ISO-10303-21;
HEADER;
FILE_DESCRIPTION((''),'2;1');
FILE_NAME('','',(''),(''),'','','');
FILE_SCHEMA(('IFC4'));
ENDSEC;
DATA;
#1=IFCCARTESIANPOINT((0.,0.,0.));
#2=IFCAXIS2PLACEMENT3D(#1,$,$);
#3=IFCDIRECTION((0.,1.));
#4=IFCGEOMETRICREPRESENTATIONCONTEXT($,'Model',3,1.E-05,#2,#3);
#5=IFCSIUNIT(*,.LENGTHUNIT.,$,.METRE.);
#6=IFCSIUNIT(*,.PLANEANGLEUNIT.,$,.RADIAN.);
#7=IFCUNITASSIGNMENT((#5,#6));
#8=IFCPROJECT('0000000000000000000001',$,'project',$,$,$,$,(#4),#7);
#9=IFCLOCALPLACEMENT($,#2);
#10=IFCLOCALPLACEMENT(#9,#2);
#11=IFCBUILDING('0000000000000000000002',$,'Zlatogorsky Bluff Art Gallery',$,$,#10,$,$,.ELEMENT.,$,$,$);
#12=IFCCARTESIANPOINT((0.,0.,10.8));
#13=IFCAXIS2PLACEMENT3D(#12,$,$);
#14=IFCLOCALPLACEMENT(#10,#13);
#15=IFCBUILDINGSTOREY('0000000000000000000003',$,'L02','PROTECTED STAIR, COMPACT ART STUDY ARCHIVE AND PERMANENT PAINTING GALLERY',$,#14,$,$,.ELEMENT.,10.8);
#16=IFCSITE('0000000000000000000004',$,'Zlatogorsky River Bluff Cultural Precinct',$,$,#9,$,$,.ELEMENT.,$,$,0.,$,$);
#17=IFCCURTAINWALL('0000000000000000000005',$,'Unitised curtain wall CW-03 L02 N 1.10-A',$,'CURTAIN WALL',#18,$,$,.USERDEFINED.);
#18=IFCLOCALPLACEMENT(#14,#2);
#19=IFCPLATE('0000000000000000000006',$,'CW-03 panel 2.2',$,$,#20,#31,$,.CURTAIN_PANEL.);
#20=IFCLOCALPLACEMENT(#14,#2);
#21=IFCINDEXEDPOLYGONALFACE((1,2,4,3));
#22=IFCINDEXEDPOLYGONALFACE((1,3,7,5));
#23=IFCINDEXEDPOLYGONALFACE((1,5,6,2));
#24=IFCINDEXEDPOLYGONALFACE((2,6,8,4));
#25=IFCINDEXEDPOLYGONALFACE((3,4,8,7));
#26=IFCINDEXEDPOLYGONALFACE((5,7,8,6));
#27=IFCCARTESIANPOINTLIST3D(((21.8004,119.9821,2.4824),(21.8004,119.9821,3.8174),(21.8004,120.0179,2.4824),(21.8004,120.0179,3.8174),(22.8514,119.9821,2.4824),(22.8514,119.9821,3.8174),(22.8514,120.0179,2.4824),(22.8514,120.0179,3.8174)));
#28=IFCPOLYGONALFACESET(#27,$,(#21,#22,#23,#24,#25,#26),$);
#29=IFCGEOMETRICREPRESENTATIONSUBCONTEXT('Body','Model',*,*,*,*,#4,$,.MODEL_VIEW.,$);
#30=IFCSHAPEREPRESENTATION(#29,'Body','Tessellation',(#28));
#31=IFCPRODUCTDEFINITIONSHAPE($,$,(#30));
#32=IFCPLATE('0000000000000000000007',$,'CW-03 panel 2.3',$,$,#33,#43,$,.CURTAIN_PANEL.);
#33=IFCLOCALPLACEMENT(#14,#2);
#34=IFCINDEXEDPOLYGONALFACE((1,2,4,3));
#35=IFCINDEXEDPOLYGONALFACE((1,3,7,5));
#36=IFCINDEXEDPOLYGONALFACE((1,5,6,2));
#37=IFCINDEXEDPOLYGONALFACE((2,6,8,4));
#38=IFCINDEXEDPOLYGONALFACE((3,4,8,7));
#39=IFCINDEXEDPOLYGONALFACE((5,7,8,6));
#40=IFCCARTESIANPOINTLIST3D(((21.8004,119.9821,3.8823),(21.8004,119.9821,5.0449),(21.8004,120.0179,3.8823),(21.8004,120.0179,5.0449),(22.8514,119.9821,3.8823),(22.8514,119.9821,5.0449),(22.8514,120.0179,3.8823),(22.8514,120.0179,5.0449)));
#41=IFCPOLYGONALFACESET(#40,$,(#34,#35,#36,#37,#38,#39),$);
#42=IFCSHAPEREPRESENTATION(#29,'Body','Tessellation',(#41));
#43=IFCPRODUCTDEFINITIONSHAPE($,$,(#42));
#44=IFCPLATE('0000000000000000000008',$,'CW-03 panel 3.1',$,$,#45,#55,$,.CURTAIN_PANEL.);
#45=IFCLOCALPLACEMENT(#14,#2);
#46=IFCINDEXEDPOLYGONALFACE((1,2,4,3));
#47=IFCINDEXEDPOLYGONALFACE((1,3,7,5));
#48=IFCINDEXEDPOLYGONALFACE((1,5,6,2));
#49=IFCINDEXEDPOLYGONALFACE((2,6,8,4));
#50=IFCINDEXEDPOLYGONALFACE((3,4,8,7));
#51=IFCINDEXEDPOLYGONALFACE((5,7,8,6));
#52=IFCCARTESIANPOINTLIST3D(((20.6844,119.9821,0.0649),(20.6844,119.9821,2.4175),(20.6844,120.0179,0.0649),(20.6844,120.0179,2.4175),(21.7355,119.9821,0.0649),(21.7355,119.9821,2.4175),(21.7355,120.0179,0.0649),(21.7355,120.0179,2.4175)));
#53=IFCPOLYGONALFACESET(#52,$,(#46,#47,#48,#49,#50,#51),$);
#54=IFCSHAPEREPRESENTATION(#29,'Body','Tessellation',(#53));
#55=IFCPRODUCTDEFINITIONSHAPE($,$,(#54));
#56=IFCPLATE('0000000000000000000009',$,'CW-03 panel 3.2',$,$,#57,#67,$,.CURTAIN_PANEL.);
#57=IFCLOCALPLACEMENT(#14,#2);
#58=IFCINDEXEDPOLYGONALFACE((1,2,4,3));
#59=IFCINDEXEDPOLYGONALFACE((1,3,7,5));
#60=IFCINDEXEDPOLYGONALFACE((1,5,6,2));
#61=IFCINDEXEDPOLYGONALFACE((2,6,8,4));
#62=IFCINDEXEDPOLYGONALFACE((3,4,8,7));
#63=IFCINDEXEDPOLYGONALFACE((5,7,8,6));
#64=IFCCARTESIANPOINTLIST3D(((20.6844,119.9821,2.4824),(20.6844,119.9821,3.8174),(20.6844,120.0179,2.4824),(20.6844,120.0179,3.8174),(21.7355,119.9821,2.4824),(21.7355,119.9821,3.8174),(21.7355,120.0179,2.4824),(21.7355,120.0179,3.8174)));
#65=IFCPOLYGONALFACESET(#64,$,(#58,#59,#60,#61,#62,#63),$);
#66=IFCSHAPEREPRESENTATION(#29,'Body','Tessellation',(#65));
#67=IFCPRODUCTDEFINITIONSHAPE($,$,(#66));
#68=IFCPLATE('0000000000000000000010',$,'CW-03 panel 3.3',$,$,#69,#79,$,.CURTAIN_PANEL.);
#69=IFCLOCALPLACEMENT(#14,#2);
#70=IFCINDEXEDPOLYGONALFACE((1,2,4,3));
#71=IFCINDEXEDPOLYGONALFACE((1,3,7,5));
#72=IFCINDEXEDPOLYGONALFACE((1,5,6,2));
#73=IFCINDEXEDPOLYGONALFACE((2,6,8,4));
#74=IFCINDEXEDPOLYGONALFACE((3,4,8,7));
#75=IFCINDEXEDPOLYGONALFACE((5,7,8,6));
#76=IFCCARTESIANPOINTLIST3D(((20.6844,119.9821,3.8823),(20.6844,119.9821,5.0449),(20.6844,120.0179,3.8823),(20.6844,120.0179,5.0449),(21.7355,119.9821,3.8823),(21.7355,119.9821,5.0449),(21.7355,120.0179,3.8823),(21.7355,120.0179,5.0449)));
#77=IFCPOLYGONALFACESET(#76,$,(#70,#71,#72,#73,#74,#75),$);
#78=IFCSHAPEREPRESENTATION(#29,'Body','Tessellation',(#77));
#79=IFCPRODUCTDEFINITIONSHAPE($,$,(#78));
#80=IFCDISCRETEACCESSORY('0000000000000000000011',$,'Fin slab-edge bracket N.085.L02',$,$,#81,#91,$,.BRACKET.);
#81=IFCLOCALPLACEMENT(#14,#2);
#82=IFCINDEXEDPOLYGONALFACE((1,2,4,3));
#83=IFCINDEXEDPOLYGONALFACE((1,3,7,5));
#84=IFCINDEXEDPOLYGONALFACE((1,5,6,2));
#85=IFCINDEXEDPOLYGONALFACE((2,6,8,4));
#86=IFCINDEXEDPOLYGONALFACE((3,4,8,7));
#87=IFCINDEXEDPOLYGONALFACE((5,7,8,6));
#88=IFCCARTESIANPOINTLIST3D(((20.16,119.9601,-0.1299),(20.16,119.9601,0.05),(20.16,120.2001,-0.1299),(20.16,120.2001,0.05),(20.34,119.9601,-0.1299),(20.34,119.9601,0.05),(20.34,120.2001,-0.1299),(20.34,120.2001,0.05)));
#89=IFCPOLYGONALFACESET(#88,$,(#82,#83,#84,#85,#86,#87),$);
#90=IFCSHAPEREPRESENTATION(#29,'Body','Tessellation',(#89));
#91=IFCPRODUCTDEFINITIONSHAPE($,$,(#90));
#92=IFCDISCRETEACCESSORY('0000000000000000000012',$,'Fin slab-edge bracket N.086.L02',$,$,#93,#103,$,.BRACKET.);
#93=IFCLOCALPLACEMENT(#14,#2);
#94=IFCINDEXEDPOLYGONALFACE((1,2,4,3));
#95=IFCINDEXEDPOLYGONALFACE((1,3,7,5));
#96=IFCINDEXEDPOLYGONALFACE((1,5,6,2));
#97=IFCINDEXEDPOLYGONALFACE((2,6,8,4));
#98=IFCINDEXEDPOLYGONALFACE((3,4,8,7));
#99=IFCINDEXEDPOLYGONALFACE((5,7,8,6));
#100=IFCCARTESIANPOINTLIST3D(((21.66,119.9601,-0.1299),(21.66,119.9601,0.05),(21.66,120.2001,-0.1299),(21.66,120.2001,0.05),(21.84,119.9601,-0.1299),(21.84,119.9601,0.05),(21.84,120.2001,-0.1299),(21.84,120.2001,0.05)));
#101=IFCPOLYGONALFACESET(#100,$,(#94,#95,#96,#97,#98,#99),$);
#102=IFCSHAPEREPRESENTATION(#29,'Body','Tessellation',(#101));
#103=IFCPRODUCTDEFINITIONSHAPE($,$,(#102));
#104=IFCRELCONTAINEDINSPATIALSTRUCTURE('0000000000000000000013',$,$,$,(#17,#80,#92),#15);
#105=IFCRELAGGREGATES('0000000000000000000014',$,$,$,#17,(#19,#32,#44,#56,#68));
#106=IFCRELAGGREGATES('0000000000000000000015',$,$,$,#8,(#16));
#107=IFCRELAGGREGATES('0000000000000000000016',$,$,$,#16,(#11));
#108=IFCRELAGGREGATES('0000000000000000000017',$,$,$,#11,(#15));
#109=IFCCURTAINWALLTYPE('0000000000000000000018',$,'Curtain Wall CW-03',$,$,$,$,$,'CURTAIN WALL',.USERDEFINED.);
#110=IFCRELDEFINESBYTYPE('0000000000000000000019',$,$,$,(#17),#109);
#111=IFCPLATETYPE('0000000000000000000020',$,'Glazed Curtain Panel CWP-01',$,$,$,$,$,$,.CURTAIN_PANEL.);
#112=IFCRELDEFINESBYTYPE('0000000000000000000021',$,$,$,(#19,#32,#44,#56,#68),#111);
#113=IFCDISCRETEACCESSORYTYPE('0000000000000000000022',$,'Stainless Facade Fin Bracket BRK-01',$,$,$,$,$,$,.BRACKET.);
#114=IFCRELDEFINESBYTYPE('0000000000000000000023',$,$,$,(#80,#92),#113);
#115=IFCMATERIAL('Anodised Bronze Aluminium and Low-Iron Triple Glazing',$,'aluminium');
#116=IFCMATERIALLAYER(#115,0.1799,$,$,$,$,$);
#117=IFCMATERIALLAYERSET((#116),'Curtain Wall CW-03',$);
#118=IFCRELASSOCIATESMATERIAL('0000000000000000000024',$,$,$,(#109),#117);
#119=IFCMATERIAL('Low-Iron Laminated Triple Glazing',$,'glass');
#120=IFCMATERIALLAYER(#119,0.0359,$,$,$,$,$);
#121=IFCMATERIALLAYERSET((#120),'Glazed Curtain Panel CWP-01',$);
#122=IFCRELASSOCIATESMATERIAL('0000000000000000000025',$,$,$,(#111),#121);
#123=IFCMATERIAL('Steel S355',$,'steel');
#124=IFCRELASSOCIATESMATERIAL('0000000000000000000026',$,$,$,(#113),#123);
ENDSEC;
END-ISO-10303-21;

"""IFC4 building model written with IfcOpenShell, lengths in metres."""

from ifc_helpers import new_model, si_unit, direction, frame, origin, origin_2d, place, context, subcontext, project, spatial, rectangle, extrude, material, layer, layer_set, type_object, element, aggregate, save


model = new_model("IFC4")

# Units and contexts
model_context = context("Model", 3, precision=1e-05, world=origin(), true_north=direction((0.0, 1.0)))
body_context = subcontext(model_context, "Body", "Model", "MODEL_VIEW")
ifc_project = project(units=[si_unit("LENGTHUNIT", "METRE"), si_unit("PLANEANGLEUNIT", "RADIAN")], contexts=[model_context])

# Site, building, storey
site_placement = place(None, origin())
site = spatial("IfcSite", under=ifc_project, at=site_placement, Name="Zlatogorsky River Bluff Cultural Precinct", CompositionType="ELEMENT", RefElevation=0.0)
building_placement = place(site_placement, origin())
building = spatial("IfcBuilding", under=site, at=building_placement, Name="Zlatogorsky Bluff Art Gallery", CompositionType="ELEMENT")
storey_placement = place(building_placement, frame((0.0, 0.0, 10.8)))
storey = spatial("IfcBuildingStorey", under=building, at=storey_placement, Name="L02", Description="PROTECTED STAIR, COMPACT ART STUDY ARCHIVE AND PERMANENT PAINTING GALLERY", CompositionType="ELEMENT", Elevation=10.8)

# Curtain wall, plates
ifc_material_1 = material(Name="Anodised Bronze Aluminium and Low-Iron Triple Glazing", Category="aluminium")
ifc_layer_1 = layer(ifc_material_1, 0.1799)
ifc_layer_set_1 = layer_set([ifc_layer_1], Name="Curtain Wall CW-03")
curtain_wall_type = type_object("IfcCurtainWallType", Name="Curtain Wall CW-03", ElementType="CURTAIN WALL", PredefinedType="USERDEFINED", material=ifc_layer_set_1)
curtain_wall_placement = place(storey_placement, origin())
curtain_wall = element("IfcCurtainWall", 1, at=curtain_wall_placement, inside=storey, type_object=curtain_wall_type, Name="Unitised curtain wall CW-03 L02 N 1.10-A", ObjectType="CURTAIN WALL", PredefinedType="USERDEFINED")
ifc_material_2 = material(Name="Low-Iron Laminated Triple Glazing", Category="glass")
ifc_layer_2 = layer(ifc_material_2, 0.0359)
ifc_layer_set_2 = layer_set([ifc_layer_2], Name="Glazed Curtain Panel CWP-01")
plate_type = type_object("IfcPlateType", Name="Glazed Curtain Panel CWP-01", PredefinedType="CURTAIN_PANEL", material=ifc_layer_set_2)
plate_1_placement = place(storey_placement, frame((22.3259, 120.0, 2.4824), z_axis=(0.0, 0.0, 1.0), x_axis=(-1.0, 0.0, 0.0)))
plate_1 = element("IfcPlate", 2, at=plate_1_placement, type_object=plate_type, Name="CW-03 panel 2.2", PredefinedType="CURTAIN_PANEL", context=body_context, shape_type="SweptSolid", body=[
    extrude(rectangle(XDim=1.051, YDim=0.0359, at=origin_2d()), origin(), (0.0, 0.0, 1.0), 1.335),
])
plate_2_placement = place(storey_placement, frame((22.3259, 120.0, 3.8823), z_axis=(0.0, 0.0, 1.0), x_axis=(-1.0, 0.0, 0.0)))
plate_2 = element("IfcPlate", 3, at=plate_2_placement, type_object=plate_type, Name="CW-03 panel 2.3", PredefinedType="CURTAIN_PANEL", context=body_context, shape_type="SweptSolid", body=[
    extrude(rectangle(XDim=1.051, YDim=0.0359, at=origin_2d()), origin(), (0.0, 0.0, 1.0), 1.1626),
])
plate_3_placement = place(storey_placement, frame((21.21, 120.0, 0.0649), z_axis=(0.0, 0.0, 1.0), x_axis=(-1.0, 0.0, 0.0)))
plate_3 = element("IfcPlate", 4, at=plate_3_placement, type_object=plate_type, Name="CW-03 panel 3.1", PredefinedType="CURTAIN_PANEL", context=body_context, shape_type="SweptSolid", body=[
    extrude(rectangle(XDim=1.051, YDim=0.0359, at=origin_2d()), origin(), (0.0, 0.0, 1.0), 2.3525),
])
plate_4_placement = place(storey_placement, frame((21.21, 120.0, 2.4824), z_axis=(0.0, 0.0, 1.0), x_axis=(-1.0, 0.0, 0.0)))
plate_4 = element("IfcPlate", 5, at=plate_4_placement, type_object=plate_type, Name="CW-03 panel 3.2", PredefinedType="CURTAIN_PANEL", context=body_context, shape_type="SweptSolid", body=[
    extrude(rectangle(XDim=1.051, YDim=0.0359, at=origin_2d()), origin(), (0.0, 0.0, 1.0), 1.335),
])
plate_5_placement = place(storey_placement, frame((21.21, 120.0, 3.8823), z_axis=(0.0, 0.0, 1.0), x_axis=(-1.0, 0.0, 0.0)))
plate_5 = element("IfcPlate", 6, at=plate_5_placement, type_object=plate_type, Name="CW-03 panel 3.3", PredefinedType="CURTAIN_PANEL", context=body_context, shape_type="SweptSolid", body=[
    extrude(rectangle(XDim=1.051, YDim=0.0359, at=origin_2d()), origin(), (0.0, 0.0, 1.0), 1.1626),
])
aggregate(curtain_wall, [plate_1, plate_2, plate_3, plate_4, plate_5])

# Discrete accessories
ifc_material_3 = material(Name="Steel S355", Category="steel")
discrete_accessory_type = type_object("IfcDiscreteAccessoryType", Name="Stainless Facade Fin Bracket BRK-01", PredefinedType="BRACKET", material=ifc_material_3)
for number, where, z_axis, x_axis, name in (
    (7, (20.25, 120.0801, -0.1299), (0.0, 0.0, 1.0), (1.0, 0.0, 0.0), "Fin slab-edge bracket N.085.L02"),
    (8, (21.75, 120.0801, -0.1299), (0.0, 0.0, 1.0), (1.0, 0.0, 0.0), "Fin slab-edge bracket N.086.L02"),
):
    element("IfcDiscreteAccessory", number, at=place(storey_placement, frame(where, z_axis=z_axis, x_axis=x_axis)), inside=storey, type_object=discrete_accessory_type, Name=name, PredefinedType="BRACKET", context=body_context, shape_type="SweptSolid", body=[
        extrude(rectangle(XDim=0.1799, YDim=0.24, at=origin_2d()), origin(), (0.0, 0.0, 1.0), 0.1799),
    ])

save(model, "model.ifc")
